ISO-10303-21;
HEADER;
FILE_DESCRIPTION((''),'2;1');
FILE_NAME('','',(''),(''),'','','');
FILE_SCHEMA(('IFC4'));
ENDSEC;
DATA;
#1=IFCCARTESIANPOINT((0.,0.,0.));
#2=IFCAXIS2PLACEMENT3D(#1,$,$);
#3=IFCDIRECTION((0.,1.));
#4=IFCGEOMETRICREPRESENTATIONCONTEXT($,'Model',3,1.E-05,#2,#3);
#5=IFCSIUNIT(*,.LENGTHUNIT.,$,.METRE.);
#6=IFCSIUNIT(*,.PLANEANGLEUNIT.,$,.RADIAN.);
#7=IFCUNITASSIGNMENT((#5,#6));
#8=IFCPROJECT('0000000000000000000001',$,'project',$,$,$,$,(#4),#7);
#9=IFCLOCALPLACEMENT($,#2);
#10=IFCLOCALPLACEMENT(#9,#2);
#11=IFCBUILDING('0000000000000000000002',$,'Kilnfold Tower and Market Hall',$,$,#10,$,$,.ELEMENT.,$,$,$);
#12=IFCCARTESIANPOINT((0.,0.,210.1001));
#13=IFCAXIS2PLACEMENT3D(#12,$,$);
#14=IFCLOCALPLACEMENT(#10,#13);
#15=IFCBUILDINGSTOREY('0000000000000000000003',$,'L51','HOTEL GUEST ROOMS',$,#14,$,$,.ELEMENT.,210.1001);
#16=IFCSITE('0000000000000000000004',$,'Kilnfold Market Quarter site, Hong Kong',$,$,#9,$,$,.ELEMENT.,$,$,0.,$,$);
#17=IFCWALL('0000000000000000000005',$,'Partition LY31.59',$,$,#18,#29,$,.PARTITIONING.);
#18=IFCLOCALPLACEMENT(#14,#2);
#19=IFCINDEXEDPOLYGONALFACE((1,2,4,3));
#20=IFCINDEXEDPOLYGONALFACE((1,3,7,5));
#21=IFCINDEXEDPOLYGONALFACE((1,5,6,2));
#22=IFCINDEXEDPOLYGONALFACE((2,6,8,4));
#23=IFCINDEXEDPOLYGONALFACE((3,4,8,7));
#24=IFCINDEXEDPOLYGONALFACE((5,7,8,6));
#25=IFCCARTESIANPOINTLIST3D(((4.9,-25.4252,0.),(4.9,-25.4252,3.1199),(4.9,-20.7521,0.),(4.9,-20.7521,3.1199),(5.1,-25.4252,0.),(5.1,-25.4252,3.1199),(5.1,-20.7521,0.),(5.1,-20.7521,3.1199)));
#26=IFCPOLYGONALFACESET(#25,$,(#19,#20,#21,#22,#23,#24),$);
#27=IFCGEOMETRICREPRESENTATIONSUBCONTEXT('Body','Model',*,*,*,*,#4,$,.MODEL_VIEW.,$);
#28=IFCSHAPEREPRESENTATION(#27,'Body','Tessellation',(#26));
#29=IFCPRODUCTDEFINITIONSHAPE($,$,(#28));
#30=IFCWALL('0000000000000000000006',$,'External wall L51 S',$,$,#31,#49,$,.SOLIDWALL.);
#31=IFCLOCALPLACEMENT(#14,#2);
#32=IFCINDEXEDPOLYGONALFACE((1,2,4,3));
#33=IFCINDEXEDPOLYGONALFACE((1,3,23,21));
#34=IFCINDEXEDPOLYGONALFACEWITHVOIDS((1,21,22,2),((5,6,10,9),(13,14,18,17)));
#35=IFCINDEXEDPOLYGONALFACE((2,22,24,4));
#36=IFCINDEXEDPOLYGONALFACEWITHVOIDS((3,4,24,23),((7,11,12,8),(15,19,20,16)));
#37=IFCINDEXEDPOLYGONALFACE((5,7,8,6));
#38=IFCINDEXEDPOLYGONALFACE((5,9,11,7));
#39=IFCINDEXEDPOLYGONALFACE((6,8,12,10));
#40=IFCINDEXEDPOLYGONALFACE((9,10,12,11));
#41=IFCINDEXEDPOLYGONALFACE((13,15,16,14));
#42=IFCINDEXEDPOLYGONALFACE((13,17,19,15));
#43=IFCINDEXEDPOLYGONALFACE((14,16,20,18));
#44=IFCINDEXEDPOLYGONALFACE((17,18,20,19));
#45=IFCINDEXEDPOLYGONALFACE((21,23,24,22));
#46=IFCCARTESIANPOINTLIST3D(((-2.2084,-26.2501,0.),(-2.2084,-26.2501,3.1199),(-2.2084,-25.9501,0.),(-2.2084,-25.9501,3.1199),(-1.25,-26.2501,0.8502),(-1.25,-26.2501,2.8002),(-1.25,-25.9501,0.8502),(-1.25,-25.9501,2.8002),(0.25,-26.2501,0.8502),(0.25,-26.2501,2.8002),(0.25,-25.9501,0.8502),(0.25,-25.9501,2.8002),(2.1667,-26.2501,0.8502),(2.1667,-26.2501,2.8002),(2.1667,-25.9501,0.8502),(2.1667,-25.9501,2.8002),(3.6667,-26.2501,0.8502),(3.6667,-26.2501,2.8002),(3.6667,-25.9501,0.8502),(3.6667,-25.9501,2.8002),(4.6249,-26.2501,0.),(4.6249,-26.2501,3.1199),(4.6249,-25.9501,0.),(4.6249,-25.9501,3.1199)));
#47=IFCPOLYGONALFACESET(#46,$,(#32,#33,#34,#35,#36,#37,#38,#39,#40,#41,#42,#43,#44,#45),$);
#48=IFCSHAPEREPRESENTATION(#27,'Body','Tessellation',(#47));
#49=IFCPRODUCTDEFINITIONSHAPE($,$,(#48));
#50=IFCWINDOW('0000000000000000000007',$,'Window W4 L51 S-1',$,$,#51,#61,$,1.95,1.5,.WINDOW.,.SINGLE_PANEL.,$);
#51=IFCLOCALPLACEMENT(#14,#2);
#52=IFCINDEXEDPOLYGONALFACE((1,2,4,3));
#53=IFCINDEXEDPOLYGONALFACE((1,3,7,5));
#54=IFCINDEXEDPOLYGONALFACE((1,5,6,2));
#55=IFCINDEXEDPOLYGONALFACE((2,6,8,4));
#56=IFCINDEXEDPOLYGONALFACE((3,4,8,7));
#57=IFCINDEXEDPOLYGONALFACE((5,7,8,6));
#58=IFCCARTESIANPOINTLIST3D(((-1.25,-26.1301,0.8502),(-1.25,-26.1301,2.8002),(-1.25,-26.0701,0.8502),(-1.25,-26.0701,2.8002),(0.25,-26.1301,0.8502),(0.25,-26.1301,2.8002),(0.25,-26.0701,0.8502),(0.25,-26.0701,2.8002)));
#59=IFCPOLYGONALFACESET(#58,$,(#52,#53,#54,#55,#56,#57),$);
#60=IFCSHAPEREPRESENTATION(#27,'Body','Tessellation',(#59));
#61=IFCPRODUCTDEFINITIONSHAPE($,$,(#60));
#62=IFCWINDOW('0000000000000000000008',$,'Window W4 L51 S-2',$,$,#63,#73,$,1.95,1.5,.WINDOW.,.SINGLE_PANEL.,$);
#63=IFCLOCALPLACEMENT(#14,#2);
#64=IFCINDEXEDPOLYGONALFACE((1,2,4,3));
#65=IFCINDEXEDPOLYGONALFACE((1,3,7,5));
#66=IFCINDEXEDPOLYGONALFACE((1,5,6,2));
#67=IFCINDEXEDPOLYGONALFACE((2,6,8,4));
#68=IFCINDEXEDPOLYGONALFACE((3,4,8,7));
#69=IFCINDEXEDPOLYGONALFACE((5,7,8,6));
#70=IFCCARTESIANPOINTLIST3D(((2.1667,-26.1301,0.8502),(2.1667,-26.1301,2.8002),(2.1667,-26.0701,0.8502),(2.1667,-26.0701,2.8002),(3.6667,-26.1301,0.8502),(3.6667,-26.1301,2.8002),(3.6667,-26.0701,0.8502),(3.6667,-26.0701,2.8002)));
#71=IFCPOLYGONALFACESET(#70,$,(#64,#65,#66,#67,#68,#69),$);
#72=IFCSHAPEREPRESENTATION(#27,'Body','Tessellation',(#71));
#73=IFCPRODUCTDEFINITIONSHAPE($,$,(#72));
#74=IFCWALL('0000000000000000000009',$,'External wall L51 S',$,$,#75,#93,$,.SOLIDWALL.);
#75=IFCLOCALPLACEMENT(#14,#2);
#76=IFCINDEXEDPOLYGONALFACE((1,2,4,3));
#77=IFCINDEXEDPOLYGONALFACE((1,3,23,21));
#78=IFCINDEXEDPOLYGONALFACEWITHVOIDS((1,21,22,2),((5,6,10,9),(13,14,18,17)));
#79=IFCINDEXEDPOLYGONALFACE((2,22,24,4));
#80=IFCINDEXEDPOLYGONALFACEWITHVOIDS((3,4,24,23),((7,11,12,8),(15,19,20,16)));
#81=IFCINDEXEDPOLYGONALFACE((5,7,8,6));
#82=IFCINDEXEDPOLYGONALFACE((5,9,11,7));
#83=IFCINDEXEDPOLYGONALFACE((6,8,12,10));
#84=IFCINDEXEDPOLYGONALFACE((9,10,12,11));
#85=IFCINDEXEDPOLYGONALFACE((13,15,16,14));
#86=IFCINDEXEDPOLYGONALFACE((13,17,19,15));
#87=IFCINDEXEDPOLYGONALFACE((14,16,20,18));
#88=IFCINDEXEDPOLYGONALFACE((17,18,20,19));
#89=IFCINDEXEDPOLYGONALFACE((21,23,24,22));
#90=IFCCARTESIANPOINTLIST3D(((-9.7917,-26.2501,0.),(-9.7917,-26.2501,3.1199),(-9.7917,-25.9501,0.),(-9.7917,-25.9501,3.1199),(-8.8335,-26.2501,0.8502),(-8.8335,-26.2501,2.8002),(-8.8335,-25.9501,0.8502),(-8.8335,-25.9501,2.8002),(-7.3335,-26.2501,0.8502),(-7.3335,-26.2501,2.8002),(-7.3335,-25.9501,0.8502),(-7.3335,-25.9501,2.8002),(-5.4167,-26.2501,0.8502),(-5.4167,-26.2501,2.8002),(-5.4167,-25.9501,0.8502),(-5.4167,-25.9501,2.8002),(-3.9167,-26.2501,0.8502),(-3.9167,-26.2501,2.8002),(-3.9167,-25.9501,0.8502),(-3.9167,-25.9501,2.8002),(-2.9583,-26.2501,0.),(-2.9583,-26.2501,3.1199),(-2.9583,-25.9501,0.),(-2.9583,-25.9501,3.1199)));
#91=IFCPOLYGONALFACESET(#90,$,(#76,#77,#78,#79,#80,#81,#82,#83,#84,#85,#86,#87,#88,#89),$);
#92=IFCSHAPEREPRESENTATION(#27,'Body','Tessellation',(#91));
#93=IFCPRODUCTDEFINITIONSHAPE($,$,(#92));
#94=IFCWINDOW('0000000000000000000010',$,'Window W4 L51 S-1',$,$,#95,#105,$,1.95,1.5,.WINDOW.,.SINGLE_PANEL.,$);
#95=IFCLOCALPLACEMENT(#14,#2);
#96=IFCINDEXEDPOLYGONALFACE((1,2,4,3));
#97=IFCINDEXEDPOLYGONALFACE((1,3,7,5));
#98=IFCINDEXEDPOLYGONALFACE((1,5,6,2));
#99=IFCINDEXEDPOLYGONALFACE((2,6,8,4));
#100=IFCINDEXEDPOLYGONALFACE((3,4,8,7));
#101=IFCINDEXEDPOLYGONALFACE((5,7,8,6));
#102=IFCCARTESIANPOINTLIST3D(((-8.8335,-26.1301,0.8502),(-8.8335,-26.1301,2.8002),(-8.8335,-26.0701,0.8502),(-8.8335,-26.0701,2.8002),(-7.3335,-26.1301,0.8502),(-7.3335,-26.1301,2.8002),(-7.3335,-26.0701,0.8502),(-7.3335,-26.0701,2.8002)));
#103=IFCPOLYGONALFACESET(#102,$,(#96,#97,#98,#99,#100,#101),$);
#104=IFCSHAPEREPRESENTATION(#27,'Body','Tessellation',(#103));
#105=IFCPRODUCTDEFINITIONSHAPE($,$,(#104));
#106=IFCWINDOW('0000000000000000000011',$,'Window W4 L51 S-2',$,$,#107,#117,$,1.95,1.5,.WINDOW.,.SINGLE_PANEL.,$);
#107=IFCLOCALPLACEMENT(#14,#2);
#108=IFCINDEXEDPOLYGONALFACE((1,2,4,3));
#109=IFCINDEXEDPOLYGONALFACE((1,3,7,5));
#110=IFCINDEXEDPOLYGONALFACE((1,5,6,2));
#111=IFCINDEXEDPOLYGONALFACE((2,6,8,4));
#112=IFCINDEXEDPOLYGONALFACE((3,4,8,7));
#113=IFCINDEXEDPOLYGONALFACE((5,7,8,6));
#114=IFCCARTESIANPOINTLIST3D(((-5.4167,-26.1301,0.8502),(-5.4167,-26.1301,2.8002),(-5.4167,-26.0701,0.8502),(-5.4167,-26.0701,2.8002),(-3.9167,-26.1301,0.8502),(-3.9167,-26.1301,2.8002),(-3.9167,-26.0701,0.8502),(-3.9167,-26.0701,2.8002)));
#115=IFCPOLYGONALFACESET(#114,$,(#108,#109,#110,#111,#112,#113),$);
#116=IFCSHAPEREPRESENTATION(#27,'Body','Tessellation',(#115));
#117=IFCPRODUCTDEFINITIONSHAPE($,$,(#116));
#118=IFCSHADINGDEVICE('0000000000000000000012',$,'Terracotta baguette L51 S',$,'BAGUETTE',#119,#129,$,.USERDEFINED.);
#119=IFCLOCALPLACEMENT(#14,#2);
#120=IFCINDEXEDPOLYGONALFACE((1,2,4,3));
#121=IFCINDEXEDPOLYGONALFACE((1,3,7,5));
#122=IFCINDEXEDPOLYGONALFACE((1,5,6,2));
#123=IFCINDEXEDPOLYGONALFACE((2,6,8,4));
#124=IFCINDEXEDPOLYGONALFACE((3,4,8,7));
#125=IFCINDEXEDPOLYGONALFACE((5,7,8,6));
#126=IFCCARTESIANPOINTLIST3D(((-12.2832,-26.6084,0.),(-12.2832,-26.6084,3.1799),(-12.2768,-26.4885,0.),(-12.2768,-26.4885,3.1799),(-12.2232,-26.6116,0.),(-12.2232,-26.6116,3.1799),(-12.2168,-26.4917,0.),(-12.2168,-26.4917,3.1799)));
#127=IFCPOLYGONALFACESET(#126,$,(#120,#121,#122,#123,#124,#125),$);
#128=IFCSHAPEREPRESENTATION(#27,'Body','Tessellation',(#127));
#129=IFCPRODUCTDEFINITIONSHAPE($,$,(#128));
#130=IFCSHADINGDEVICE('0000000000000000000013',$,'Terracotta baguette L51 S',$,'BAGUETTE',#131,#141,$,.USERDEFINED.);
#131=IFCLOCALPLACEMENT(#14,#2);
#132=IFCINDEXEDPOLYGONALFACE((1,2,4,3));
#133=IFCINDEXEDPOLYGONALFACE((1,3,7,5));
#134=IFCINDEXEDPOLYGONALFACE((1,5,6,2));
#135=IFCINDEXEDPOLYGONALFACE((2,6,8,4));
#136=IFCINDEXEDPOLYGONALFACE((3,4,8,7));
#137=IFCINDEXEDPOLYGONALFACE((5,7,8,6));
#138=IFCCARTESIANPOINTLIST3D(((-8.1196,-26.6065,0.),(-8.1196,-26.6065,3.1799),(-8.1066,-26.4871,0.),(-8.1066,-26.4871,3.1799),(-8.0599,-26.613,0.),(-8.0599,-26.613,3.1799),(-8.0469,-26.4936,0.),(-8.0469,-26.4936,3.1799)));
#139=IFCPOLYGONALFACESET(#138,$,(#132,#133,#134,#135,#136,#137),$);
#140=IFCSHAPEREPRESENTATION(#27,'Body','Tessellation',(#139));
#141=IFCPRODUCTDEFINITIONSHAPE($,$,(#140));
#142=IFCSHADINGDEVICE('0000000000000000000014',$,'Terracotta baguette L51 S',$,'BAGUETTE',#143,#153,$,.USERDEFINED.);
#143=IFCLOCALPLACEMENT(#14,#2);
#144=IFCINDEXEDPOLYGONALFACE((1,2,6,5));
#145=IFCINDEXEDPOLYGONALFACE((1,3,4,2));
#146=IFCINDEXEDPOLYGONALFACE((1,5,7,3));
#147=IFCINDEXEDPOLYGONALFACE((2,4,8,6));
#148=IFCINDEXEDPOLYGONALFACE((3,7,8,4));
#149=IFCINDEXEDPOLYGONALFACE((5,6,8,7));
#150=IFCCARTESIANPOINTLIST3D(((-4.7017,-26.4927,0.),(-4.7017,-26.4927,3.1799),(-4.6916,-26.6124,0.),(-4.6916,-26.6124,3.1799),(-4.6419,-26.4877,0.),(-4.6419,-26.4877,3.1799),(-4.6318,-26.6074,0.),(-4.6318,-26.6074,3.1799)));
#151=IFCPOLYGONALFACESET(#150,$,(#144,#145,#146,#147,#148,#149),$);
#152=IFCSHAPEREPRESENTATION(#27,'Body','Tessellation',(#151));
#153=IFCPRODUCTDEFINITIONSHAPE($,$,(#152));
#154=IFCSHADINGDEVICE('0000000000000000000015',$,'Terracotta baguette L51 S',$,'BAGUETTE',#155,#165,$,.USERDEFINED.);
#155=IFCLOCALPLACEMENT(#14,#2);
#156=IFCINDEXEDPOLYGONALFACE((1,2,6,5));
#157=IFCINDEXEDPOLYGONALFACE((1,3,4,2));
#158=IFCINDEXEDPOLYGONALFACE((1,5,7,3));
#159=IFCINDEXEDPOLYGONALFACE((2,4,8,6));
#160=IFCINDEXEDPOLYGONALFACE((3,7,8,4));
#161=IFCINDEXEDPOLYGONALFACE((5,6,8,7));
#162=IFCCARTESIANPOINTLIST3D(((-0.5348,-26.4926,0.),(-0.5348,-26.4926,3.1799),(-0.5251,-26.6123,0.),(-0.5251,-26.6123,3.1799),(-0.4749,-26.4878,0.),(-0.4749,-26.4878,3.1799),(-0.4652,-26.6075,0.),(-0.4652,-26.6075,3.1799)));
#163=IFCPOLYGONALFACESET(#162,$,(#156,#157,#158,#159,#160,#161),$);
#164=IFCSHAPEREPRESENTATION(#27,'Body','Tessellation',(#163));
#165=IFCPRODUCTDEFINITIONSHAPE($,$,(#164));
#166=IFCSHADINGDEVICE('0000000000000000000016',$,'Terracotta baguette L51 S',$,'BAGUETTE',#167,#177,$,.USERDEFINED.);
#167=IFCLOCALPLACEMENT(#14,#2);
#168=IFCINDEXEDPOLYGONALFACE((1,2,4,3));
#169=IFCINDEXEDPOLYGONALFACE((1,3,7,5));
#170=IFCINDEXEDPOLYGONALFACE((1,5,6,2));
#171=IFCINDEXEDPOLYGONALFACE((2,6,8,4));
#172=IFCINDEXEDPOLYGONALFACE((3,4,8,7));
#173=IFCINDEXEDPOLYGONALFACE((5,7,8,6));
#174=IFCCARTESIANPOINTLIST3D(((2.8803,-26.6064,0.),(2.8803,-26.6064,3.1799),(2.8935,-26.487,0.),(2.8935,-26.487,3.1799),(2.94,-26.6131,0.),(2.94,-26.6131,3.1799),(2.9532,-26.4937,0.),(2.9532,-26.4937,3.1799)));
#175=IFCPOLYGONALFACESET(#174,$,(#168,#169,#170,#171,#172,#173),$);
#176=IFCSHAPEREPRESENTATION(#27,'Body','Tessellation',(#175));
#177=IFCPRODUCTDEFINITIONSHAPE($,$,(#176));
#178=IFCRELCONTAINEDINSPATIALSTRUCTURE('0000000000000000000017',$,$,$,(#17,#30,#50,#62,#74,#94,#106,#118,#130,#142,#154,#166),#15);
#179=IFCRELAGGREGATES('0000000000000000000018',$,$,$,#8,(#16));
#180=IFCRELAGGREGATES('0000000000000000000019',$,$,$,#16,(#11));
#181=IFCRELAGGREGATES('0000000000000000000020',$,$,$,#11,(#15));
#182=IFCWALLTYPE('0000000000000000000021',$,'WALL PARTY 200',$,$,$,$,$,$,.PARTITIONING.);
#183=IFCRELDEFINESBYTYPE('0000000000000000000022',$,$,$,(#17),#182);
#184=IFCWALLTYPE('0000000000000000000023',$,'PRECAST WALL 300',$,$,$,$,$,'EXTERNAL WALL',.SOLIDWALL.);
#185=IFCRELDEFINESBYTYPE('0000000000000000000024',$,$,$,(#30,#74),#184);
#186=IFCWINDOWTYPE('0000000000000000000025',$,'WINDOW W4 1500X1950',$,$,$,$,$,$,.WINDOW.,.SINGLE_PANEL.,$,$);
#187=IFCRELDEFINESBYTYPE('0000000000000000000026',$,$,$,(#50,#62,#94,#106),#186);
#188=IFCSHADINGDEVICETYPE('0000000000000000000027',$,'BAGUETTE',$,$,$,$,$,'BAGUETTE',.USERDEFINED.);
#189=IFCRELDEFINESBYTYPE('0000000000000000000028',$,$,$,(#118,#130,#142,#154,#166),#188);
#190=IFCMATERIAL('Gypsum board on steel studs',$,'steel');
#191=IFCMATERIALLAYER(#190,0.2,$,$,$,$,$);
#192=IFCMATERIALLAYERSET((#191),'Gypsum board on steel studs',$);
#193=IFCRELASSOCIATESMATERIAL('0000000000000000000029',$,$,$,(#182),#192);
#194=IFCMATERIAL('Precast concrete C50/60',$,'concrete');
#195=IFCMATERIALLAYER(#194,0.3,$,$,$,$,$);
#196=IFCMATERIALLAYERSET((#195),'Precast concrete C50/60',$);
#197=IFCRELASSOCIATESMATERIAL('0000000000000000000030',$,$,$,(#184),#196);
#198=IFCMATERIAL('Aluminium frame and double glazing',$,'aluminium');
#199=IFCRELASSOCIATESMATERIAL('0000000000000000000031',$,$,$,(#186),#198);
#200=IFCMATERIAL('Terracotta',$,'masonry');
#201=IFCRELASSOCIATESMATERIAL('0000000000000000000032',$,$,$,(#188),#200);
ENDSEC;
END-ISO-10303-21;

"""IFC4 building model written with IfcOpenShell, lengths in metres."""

from ifc_helpers import new_model, si_unit, direction, frame, frame_2d, origin, origin_2d, place, context, subcontext, project, spatial, rectangle, extrude, source, transform, mapped, material, layer, layer_set, material_profile, profile_set, type_object, element, fill, save


model = new_model("IFC4")

# Units and contexts
model_context = context("Model", 3, precision=1e-05, world=origin(), true_north=direction((0.0, 1.0)))
body_context = subcontext(model_context, "Body", "Model", "MODEL_VIEW")
ifc_project = project(units=[si_unit("LENGTHUNIT", "METRE"), si_unit("PLANEANGLEUNIT", "RADIAN")], contexts=[model_context])

# Site, building, storey
site_placement = place(None, origin())
site = spatial("IfcSite", under=ifc_project, at=site_placement, Name="Kilnfold Market Quarter site, Hong Kong", CompositionType="ELEMENT", RefElevation=0.0)
building_placement = place(site_placement, origin())
building = spatial("IfcBuilding", under=site, at=building_placement, Name="Kilnfold Tower and Market Hall", CompositionType="ELEMENT")
storey_placement = place(building_placement, frame((0.0, 0.0, 210.1001)))
storey = spatial("IfcBuildingStorey", under=building, at=storey_placement, Name="L51", Description="HOTEL GUEST ROOMS", CompositionType="ELEMENT", Elevation=210.1001)

# Wall
ifc_material_1 = material(Name="Gypsum board on steel studs", Category="steel")
ifc_layer_1 = layer(ifc_material_1, 0.2)
ifc_layer_set_1 = layer_set([ifc_layer_1], Name="Gypsum board on steel studs")
wall_type_1 = type_object("IfcWallType", Name="WALL PARTY 200", PredefinedType="PARTITIONING", material=ifc_layer_set_1)
wall_1_placement = place(storey_placement, frame((5.0, -25.425, 0.0), z_axis=(0.0, 0.0, 1.0), x_axis=(0.0, 1.0, 0.0)))
element("IfcWall", 1, at=wall_1_placement, inside=storey, type_object=wall_type_1, Name="Partition LY31.59", PredefinedType="PARTITIONING", context=body_context, shape_type="SweptSolid", body=[
    extrude(rectangle(XDim=4.6731, YDim=0.2, at=frame_2d((2.3364, 0.0))), origin(), (0.0, 0.0, 1.0), 3.1199),
])

# Walls, openings, windows
ifc_material_2 = material(Name="Precast concrete C50/60", Category="concrete")
ifc_layer_2 = layer(ifc_material_2, 0.3)
ifc_layer_set_2 = layer_set([ifc_layer_2], Name="Precast concrete C50/60")
wall_type_2 = type_object("IfcWallType", Name="PRECAST WALL 300", ElementType="EXTERNAL WALL", PredefinedType="SOLIDWALL", material=ifc_layer_set_2)
shared_shape_1 = source(origin(), body_context, "Body", "SweptSolid", [
    extrude(rectangle(XDim=6.8333, YDim=0.3, at=frame_2d((3.4165, 0.0))), origin(), (0.0, 0.0, 1.0), 3.1199),
])
wall_2_placement = place(storey_placement, frame((-2.2083, -26.1001, 0.0), z_axis=(0.0, 0.0, 1.0), x_axis=(1.0, 0.0, 0.0)))
wall_2 = element("IfcWall", 2, at=wall_2_placement, inside=storey, type_object=wall_type_2, Name="External wall L51 S", PredefinedType="SOLIDWALL", context=body_context, shape_type="MappedRepresentation", body=[
    mapped(shared_shape_1, transform((0.0, 0.0, 0.0))),
])
opening_1_placement = place(wall_2_placement, frame((0.9583, 0.0, 0.8501)))
opening_1 = element("IfcOpeningElement", 3, at=opening_1_placement, cuts=wall_2, PredefinedType="OPENING", context=body_context, shape_type="SweptSolid", body=[
    extrude(rectangle(XDim=1.5, YDim=1.95, at=frame_2d((0.75, 0.9751))), frame((0.0, 0.1602, 0.0), z_axis=(0.0, -1.0, 0.0), x_axis=(1.0, 0.0, 0.0)), (0.0, 0.0, 1.0), 0.3201),
])
opening_2_placement = place(wall_2_placement, frame((4.375, 0.0, 0.8501)))
opening_2 = element("IfcOpeningElement", 4, at=opening_2_placement, cuts=wall_2, PredefinedType="OPENING", context=body_context, shape_type="SweptSolid", body=[
    extrude(rectangle(XDim=1.5, YDim=1.95, at=frame_2d((0.75, 0.9751))), frame((0.0, 0.1602, 0.0), z_axis=(0.0, -1.0, 0.0), x_axis=(1.0, 0.0, 0.0)), (0.0, 0.0, 1.0), 0.3201),
])
ifc_material_3 = material(Name="Aluminium frame and double glazing", Category="aluminium")
window_type = type_object("IfcWindowType", Name="WINDOW W4 1500X1950", PartitioningType="SINGLE_PANEL", PredefinedType="WINDOW", material=ifc_material_3)
window_1_placement = place(opening_1_placement, origin())
window_1 = element("IfcWindow", 5, at=window_1_placement, inside=storey, type_object=window_type, Name="Window W4 L51 S-1", OverallHeight=1.95, OverallWidth=1.5, PartitioningType="SINGLE_PANEL", PredefinedType="WINDOW", context=body_context, shape_type="SweptSolid", body=[
    extrude(rectangle(XDim=1.5, YDim=1.95, at=frame_2d((0.75, 0.9751))), frame((0.0, 0.03, 0.0), z_axis=(0.0, -1.0, 0.0), x_axis=(1.0, 0.0, 0.0)), (0.0, 0.0, 1.0), 0.0601),
])
fill(opening_1, window_1)
window_2_placement = place(opening_2_placement, origin())
window_2 = element("IfcWindow", 6, at=window_2_placement, inside=storey, type_object=window_type, Name="Window W4 L51 S-2", OverallHeight=1.95, OverallWidth=1.5, PartitioningType="SINGLE_PANEL", PredefinedType="WINDOW", context=body_context, shape_type="SweptSolid", body=[
    extrude(rectangle(XDim=1.5, YDim=1.95, at=frame_2d((0.75, 0.9751))), frame((0.0, 0.03, 0.0), z_axis=(0.0, -1.0, 0.0), x_axis=(1.0, 0.0, 0.0)), (0.0, 0.0, 1.0), 0.0601),
])
fill(opening_2, window_2)
shared_shape_2 = source(origin(), body_context, "Body", "SweptSolid", [
    extrude(rectangle(XDim=6.8335, YDim=0.3, at=frame_2d((3.4167, 0.0))), origin(), (0.0, 0.0, 1.0), 3.1199),
])
wall_3_placement = place(storey_placement, frame((-9.7917, -26.1001, 0.0), z_axis=(0.0, 0.0, 1.0), x_axis=(1.0, 0.0, 0.0)))
wall_3 = element("IfcWall", 7, at=wall_3_placement, inside=storey, type_object=wall_type_2, Name="External wall L51 S", PredefinedType="SOLIDWALL", context=body_context, shape_type="MappedRepresentation", body=[
    mapped(shared_shape_2, transform((0.0, 0.0, 0.0))),
])
opening_3_placement = place(wall_3_placement, frame((0.9583, 0.0, 0.8501)))
opening_3 = element("IfcOpeningElement", 8, at=opening_3_placement, cuts=wall_3, PredefinedType="OPENING", context=body_context, shape_type="SweptSolid", body=[
    extrude(rectangle(XDim=1.5, YDim=1.95, at=frame_2d((0.75, 0.9751))), frame((0.0, 0.1602, 0.0), z_axis=(0.0, -1.0, 0.0), x_axis=(1.0, 0.0, 0.0)), (0.0, 0.0, 1.0), 0.3201),
])
opening_4_placement = place(wall_3_placement, frame((4.375, 0.0, 0.8501)))
opening_4 = element("IfcOpeningElement", 9, at=opening_4_placement, cuts=wall_3, PredefinedType="OPENING", context=body_context, shape_type="SweptSolid", body=[
    extrude(rectangle(XDim=1.5, YDim=1.95, at=frame_2d((0.75, 0.9751))), frame((0.0, 0.1602, 0.0), z_axis=(0.0, -1.0, 0.0), x_axis=(1.0, 0.0, 0.0)), (0.0, 0.0, 1.0), 0.3201),
])
window_3_placement = place(opening_3_placement, origin())
window_3 = element("IfcWindow", 10, at=window_3_placement, inside=storey, type_object=window_type, Name="Window W4 L51 S-1", OverallHeight=1.95, OverallWidth=1.5, PartitioningType="SINGLE_PANEL", PredefinedType="WINDOW", context=body_context, shape_type="SweptSolid", body=[
    extrude(rectangle(XDim=1.5, YDim=1.95, at=frame_2d((0.75, 0.9751))), frame((0.0, 0.03, 0.0), z_axis=(0.0, -1.0, 0.0), x_axis=(1.0, 0.0, 0.0)), (0.0, 0.0, 1.0), 0.0601),
])
fill(opening_3, window_3)
window_4_placement = place(opening_4_placement, origin())
window_4 = element("IfcWindow", 11, at=window_4_placement, inside=storey, type_object=window_type, Name="Window W4 L51 S-2", OverallHeight=1.95, OverallWidth=1.5, PartitioningType="SINGLE_PANEL", PredefinedType="WINDOW", context=body_context, shape_type="SweptSolid", body=[
    extrude(rectangle(XDim=1.5, YDim=1.95, at=frame_2d((0.75, 0.9751))), frame((0.0, 0.03, 0.0), z_axis=(0.0, -1.0, 0.0), x_axis=(1.0, 0.0, 0.0)), (0.0, 0.0, 1.0), 0.0601),
])
fill(opening_4, window_4)

# Shading devices
ifc_material_4 = material(Name="Terracotta", Category="masonry")
ifc_material_profile_1 = material_profile(ifc_material_4, rectangle(XDim=0.0601, YDim=0.1201, at=origin_2d()), Name="BAG 60x120")
ifc_profile_set_1 = profile_set([ifc_material_profile_1], Name="Terracotta")
shading_device_type = type_object("IfcShadingDeviceType", Name="BAGUETTE", ElementType="BAGUETTE", PredefinedType="USERDEFINED", material=ifc_profile_set_1)
shared_shape_3 = source(origin(), body_context, "Body", "SweptSolid", [
    extrude(rectangle(XDim=0.0601, YDim=0.1201, at=origin_2d()), origin(), (0.0, 0.0, 1.0), 3.1799),
])
for number, where, z_axis, x_axis, name in (
    (12, (-12.25, -26.55, 0.0), (0.0, 0.0, 1.0), (0.998601, -0.052887, 0.0), "Terracotta baguette L51 S"),
    (13, (-8.0833, -26.55, 0.0), (0.0, 0.0, 1.0), (0.994187, -0.107668, 0.0), "Terracotta baguette L51 S"),
    (14, (-4.6667, -26.55, 0.0), (0.0, 0.0, 1.0), (0.996428, 0.084452, 0.0), "Terracotta baguette L51 S"),
    (15, (-0.5, -26.55, 0.0), (0.0, 0.0, 1.0), (0.9967, 0.081168, 0.0), "Terracotta baguette L51 S"),
    (16, (2.9167, -26.55, 0.0), (0.0, 0.0, 1.0), (0.993909, -0.110204, 0.0), "Terracotta baguette L51 S"),
):
    element("IfcShadingDevice", number, at=place(storey_placement, frame(where, z_axis=z_axis, x_axis=x_axis)), inside=storey, type_object=shading_device_type, Name=name, ObjectType="BAGUETTE", PredefinedType="USERDEFINED", context=body_context, shape_type="MappedRepresentation", body=[
        mapped(shared_shape_3, transform((0.0, 0.0, 0.0))),
    ])

save(model, "model.ifc")
